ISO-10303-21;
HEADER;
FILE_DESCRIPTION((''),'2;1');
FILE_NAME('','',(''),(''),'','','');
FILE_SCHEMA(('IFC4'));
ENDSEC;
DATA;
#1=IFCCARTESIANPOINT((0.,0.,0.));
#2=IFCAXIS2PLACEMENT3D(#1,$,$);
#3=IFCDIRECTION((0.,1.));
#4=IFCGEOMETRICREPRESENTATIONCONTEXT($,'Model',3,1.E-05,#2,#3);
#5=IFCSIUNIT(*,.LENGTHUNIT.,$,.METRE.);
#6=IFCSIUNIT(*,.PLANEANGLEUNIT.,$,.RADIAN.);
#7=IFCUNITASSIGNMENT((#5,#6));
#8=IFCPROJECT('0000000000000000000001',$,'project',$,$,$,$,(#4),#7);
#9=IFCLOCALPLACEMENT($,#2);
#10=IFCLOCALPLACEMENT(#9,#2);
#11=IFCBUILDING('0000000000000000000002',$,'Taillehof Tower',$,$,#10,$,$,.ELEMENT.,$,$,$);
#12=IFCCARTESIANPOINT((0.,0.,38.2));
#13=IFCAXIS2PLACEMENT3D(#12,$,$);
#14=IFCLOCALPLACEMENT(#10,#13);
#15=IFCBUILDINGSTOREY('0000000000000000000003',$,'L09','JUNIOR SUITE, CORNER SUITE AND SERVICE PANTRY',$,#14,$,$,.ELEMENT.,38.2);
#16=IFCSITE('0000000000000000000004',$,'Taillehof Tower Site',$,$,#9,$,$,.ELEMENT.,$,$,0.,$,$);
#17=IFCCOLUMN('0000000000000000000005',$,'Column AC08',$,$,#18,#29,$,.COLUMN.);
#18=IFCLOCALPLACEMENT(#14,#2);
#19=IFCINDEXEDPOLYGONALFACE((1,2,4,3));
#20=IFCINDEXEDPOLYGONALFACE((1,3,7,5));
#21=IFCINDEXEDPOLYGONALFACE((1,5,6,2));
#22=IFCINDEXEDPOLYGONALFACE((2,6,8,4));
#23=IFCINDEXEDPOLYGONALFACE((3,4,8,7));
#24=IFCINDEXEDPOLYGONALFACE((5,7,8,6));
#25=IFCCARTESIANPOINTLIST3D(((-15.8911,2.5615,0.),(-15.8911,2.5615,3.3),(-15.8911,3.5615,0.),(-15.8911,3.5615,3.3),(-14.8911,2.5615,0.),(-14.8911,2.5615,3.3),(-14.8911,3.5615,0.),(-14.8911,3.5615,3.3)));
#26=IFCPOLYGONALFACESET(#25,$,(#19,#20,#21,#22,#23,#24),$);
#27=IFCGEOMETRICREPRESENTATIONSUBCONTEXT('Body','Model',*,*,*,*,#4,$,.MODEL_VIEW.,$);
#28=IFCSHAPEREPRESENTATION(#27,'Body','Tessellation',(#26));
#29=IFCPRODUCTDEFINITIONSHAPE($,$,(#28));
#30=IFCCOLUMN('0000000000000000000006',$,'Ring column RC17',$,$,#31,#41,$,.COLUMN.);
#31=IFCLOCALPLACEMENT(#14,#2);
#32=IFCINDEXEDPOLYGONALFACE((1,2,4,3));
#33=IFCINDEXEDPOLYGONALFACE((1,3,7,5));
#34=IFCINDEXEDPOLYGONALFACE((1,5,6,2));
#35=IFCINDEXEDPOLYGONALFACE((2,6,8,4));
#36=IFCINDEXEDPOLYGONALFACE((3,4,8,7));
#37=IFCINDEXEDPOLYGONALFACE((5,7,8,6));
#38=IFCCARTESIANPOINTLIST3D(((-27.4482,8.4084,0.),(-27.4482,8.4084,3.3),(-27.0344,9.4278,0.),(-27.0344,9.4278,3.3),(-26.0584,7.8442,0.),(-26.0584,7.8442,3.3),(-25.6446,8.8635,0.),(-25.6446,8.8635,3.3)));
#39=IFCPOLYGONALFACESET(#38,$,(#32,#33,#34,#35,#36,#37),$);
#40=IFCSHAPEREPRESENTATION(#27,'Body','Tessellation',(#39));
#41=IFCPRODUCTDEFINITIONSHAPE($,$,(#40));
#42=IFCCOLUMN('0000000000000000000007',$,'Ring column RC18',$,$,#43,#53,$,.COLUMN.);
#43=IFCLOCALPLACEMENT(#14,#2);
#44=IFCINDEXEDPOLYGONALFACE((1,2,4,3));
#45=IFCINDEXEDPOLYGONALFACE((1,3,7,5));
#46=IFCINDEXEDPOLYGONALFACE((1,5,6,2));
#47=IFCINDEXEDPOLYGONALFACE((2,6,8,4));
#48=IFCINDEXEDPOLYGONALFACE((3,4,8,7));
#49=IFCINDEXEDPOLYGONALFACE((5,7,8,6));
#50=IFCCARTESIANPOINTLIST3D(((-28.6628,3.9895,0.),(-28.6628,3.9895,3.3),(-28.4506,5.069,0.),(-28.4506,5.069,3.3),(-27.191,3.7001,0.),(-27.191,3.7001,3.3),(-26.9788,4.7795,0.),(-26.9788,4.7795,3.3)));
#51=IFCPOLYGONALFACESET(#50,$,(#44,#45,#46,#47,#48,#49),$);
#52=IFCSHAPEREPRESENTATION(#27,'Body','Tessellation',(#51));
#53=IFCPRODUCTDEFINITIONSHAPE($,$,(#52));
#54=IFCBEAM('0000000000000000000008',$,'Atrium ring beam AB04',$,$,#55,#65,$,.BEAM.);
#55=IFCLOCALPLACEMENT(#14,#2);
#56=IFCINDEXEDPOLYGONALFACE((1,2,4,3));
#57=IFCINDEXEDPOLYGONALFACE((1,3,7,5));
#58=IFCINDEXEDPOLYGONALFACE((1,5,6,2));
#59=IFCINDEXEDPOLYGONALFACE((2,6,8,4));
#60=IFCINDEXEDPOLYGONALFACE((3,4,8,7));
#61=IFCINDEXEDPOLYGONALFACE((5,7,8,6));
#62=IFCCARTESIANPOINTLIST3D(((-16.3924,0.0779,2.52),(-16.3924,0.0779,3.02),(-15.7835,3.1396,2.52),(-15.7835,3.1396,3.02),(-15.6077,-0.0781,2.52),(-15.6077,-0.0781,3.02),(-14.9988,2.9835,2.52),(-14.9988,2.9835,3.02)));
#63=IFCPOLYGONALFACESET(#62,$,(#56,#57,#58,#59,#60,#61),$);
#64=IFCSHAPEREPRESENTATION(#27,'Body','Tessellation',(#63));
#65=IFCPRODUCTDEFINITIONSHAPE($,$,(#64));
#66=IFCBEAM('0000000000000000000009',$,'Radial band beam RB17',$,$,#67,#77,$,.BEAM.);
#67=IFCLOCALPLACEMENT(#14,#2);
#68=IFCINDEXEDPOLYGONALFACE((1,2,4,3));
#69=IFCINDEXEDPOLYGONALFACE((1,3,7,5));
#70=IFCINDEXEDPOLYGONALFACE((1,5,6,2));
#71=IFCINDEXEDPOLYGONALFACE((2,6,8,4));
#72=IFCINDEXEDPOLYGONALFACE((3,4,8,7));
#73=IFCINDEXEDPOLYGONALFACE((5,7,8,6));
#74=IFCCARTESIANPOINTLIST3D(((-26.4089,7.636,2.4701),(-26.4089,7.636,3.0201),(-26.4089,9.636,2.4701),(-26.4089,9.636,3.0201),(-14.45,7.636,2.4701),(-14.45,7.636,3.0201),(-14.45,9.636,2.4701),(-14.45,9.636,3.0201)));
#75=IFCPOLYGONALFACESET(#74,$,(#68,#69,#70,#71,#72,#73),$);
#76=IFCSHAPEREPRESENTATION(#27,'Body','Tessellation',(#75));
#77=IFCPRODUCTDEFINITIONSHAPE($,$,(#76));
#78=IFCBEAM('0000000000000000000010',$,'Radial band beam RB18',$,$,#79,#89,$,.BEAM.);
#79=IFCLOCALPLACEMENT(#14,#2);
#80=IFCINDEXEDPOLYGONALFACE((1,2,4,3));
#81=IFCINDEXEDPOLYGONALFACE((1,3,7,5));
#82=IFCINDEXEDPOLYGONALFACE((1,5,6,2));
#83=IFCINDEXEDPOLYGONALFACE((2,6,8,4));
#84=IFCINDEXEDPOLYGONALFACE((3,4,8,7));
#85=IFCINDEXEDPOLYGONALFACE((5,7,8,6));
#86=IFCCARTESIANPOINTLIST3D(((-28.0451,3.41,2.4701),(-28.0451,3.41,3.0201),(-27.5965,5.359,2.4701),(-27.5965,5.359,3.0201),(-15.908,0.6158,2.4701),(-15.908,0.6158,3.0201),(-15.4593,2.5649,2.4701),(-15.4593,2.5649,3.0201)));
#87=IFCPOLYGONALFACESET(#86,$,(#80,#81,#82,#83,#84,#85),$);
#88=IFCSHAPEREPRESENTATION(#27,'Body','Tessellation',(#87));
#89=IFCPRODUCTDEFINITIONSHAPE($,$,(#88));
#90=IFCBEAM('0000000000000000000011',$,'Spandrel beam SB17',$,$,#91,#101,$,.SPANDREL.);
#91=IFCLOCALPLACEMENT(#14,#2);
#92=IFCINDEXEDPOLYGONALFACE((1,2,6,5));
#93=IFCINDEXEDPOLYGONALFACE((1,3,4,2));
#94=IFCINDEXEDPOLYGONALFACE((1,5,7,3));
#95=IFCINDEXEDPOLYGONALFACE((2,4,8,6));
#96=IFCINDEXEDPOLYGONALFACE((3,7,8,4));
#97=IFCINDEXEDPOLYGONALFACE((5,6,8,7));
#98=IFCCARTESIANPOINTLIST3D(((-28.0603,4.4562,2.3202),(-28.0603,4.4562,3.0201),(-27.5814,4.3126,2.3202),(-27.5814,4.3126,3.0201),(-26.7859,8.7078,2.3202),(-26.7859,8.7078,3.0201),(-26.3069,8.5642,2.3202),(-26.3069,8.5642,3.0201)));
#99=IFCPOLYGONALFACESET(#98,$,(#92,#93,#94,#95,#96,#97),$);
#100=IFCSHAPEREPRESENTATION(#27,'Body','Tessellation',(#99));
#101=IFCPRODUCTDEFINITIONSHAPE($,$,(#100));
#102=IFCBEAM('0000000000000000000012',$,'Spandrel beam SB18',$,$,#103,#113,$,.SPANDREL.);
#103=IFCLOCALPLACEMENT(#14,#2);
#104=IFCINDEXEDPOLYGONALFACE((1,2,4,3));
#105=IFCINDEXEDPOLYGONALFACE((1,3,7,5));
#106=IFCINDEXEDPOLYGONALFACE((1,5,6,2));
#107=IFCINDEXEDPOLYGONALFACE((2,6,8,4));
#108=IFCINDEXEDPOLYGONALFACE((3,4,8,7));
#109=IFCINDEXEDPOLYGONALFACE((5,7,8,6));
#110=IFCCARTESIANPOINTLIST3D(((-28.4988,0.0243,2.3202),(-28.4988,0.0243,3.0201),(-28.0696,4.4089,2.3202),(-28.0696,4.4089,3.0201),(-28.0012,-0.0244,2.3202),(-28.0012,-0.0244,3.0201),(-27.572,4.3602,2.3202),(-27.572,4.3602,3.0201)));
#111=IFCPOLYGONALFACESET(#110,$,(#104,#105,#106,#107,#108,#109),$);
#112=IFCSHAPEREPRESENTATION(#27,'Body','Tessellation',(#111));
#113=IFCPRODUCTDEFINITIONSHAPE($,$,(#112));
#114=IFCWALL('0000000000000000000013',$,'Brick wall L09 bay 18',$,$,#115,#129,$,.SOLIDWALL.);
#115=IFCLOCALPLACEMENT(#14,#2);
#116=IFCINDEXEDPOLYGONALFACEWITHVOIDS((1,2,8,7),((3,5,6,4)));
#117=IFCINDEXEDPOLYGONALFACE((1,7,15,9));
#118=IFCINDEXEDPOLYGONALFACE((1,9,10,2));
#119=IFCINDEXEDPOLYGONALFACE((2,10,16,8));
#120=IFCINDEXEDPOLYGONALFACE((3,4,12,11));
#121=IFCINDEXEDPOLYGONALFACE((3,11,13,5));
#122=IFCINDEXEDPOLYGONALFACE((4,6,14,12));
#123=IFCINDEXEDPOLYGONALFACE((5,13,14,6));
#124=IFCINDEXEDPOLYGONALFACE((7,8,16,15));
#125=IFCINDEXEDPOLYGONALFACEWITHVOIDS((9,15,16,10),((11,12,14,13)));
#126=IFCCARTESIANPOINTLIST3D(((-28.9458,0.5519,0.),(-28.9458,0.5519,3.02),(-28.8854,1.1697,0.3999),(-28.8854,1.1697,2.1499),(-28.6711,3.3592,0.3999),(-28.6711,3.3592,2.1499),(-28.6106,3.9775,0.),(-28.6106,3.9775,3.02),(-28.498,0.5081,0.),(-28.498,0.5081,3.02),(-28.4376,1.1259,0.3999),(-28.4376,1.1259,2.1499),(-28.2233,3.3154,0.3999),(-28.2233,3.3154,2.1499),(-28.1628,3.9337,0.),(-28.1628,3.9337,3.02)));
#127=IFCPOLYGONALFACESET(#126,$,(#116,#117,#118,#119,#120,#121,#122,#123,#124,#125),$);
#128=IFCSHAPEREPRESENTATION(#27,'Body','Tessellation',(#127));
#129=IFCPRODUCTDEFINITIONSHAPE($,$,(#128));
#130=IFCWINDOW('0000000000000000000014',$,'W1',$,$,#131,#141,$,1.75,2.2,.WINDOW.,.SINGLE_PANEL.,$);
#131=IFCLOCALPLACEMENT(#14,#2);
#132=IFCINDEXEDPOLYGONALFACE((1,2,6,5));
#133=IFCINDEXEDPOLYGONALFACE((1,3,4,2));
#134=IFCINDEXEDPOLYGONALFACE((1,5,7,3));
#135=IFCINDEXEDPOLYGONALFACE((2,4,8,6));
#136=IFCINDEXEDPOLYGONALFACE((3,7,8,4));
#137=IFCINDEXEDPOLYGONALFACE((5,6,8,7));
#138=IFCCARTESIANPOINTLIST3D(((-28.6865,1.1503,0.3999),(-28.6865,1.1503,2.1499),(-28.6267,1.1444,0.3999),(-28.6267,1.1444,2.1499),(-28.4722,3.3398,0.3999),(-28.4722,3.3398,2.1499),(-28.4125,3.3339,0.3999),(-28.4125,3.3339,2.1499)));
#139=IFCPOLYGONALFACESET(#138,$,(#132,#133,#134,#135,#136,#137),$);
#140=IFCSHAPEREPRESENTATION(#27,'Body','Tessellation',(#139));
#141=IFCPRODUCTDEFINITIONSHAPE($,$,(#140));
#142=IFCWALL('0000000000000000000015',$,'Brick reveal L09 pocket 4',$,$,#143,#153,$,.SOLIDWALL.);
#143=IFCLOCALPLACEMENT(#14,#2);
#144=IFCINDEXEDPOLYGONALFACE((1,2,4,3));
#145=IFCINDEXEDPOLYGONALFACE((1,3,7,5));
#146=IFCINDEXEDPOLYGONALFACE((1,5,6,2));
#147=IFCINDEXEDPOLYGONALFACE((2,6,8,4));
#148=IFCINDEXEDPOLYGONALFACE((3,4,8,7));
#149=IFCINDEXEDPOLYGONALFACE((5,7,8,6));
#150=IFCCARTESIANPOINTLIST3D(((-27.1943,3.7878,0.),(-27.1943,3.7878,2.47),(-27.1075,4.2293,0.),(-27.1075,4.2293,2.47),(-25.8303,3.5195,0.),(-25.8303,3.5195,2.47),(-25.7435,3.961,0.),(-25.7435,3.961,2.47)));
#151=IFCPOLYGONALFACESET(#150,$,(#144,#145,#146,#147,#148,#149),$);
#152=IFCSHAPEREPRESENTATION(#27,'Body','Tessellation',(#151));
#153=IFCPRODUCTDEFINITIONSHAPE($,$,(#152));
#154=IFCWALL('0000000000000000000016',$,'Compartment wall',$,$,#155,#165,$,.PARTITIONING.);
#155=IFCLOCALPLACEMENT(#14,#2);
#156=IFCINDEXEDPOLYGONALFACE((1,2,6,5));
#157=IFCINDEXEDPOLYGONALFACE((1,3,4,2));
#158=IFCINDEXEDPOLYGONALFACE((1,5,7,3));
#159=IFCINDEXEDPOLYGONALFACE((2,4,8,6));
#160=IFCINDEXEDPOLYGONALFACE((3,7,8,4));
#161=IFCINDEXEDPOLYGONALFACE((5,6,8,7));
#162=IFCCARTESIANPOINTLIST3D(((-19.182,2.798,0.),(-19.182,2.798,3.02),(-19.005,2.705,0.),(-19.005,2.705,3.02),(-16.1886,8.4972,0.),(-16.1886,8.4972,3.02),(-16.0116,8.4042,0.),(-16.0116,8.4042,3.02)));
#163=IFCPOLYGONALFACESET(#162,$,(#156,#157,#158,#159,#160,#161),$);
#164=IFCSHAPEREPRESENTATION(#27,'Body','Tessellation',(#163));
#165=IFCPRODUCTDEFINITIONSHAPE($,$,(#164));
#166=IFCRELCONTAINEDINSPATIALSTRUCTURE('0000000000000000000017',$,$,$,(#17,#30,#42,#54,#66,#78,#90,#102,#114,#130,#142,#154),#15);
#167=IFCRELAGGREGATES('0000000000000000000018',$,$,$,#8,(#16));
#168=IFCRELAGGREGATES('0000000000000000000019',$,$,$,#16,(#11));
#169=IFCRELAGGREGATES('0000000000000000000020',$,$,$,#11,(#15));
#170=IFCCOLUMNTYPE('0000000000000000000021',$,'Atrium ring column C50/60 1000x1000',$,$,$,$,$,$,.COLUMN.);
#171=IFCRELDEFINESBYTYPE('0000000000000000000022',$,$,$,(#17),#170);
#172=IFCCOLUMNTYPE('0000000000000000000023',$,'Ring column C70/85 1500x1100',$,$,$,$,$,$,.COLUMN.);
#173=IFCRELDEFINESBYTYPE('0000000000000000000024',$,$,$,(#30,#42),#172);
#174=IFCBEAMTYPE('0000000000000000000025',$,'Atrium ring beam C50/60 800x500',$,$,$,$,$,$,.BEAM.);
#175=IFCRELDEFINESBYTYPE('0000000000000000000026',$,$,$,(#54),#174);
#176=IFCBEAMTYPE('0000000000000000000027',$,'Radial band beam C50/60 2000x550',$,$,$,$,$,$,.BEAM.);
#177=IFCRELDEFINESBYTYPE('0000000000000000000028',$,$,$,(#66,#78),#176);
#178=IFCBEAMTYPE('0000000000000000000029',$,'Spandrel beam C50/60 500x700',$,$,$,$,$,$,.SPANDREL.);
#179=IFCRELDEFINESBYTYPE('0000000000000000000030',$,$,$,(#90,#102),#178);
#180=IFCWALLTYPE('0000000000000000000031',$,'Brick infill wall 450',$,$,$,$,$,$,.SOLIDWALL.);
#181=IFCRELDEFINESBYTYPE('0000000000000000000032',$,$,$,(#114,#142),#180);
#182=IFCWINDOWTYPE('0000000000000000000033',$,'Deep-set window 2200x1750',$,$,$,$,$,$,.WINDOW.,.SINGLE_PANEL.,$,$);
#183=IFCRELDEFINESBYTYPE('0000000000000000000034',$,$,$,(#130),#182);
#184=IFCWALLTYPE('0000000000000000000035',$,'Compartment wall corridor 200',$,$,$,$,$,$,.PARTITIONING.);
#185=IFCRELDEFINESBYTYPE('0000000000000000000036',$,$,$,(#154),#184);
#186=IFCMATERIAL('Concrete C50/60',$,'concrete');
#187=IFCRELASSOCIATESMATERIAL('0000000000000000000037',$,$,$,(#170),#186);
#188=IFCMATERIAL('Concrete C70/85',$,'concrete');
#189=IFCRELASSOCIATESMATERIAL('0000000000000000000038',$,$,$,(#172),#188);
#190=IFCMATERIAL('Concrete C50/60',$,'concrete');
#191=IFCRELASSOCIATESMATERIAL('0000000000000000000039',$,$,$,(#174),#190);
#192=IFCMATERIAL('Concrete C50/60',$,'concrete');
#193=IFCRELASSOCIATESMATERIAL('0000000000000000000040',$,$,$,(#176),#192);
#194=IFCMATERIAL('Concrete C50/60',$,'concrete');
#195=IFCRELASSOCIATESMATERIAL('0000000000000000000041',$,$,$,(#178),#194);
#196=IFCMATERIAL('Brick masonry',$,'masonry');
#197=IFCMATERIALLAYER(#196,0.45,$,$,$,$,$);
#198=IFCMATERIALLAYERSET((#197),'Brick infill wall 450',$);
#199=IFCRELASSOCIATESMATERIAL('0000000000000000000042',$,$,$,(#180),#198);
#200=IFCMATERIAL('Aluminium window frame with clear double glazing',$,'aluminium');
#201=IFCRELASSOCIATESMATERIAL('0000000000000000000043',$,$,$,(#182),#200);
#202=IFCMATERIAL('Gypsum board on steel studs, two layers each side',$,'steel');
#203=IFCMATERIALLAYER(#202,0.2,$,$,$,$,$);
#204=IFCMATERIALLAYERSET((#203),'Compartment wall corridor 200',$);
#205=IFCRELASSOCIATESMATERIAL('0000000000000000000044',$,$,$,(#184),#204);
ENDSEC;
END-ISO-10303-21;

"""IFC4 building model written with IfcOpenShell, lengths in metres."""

from ifc_helpers import new_model, si_unit, direction, frame, frame_2d, origin, origin_2d, place, context, subcontext, project, spatial, rectangle, extrude, material, layer, layer_set, material_profile, profile_set, type_object, element, fill, save


model = new_model("IFC4")

# Units and contexts
model_context = context("Model", 3, precision=1e-05, world=origin(), true_north=direction((0.0, 1.0)))
body_context = subcontext(model_context, "Body", "Model", "MODEL_VIEW")
ifc_project = project(units=[si_unit("LENGTHUNIT", "METRE"), si_unit("PLANEANGLEUNIT", "RADIAN")], contexts=[model_context])

# Site, building, storey
site_placement = place(None, origin())
site = spatial("IfcSite", under=ifc_project, at=site_placement, Name="Taillehof Tower Site", CompositionType="ELEMENT", RefElevation=0.0)
building_placement = place(site_placement, origin())
building = spatial("IfcBuilding", under=site, at=building_placement, Name="Taillehof Tower", CompositionType="ELEMENT")
storey_placement = place(building_placement, frame((0.0, 0.0, 38.2)))
storey = spatial("IfcBuildingStorey", under=building, at=storey_placement, Name="L09", Description="JUNIOR SUITE, CORNER SUITE AND SERVICE PANTRY", CompositionType="ELEMENT", Elevation=38.2)

# Columns
ifc_material_1 = material(Name="Concrete C50/60", Category="concrete")
ifc_material_profile_1 = material_profile(ifc_material_1, rectangle(XDim=1.0, YDim=1.0, at=origin_2d()), Name="RC 1000x1000")
ifc_profile_set_1 = profile_set([ifc_material_profile_1], Name="Concrete C50/60")
column_type_1 = type_object("IfcColumnType", Name="Atrium ring column C50/60 1000x1000", PredefinedType="COLUMN", material=ifc_profile_set_1)
column_placement = place(storey_placement, frame((-15.3911, 3.0615, 0.0), z_axis=(0.0, 0.0, 1.0), x_axis=(1.0, 0.0, 0.0)))
element("IfcColumn", 1, at=column_placement, inside=storey, type_object=column_type_1, Name="Column AC08", PredefinedType="COLUMN", context=body_context, shape_type="SweptSolid", body=[
    extrude(rectangle(XDim=1.0, YDim=1.0, at=origin_2d()), origin(), (0.0, 0.0, 1.0), 3.3),
])
ifc_material_2 = material(Name="Concrete C70/85", Category="concrete")
ifc_material_profile_2 = material_profile(ifc_material_2, rectangle(XDim=1.5, YDim=1.1001, at=origin_2d()), Name="RC 1500x1100")
ifc_profile_set_2 = profile_set([ifc_material_profile_2], Name="Concrete C70/85")
column_type_2 = type_object("IfcColumnType", Name="Ring column C70/85 1500x1100", PredefinedType="COLUMN", material=ifc_profile_set_2)
for number, where, z_axis, x_axis, name in (
    (2, (-26.5464, 8.636, 0.0), (0.0, 0.0, 1.0), (-0.926558, 0.376152, 0.0), "Ring column RC17"),
    (3, (-27.8208, 4.3845, 0.0), (0.0, 0.0, 1.0), (-0.981204, 0.192976, 0.0), "Ring column RC18"),
):
    element("IfcColumn", number, at=place(storey_placement, frame(where, z_axis=z_axis, x_axis=x_axis)), inside=storey, type_object=column_type_2, Name=name, PredefinedType="COLUMN", context=body_context, shape_type="SweptSolid", body=[
        extrude(rectangle(XDim=1.5, YDim=1.1001, at=origin_2d()), origin(), (0.0, 0.0, 1.0), 3.3),
    ])

# Beams
ifc_material_3 = material(Name="Concrete C50/60", Category="concrete")
ifc_material_profile_3 = material_profile(ifc_material_3, rectangle(XDim=0.8, YDim=0.5, at=origin_2d()), Name="RC 800x500")
ifc_profile_set_3 = profile_set([ifc_material_profile_3], Name="Concrete C50/60")
beam_type_1 = type_object("IfcBeamType", Name="Atrium ring beam C50/60 800x500", PredefinedType="BEAM", material=ifc_profile_set_3)
beam_1_placement = place(storey_placement, frame((-15.3911, 3.0615, 2.77), z_axis=(-0.195063, -0.980791, 0.0), x_axis=(0.980791, -0.195063, 0.0)))
element("IfcBeam", 4, at=beam_1_placement, inside=storey, type_object=beam_type_1, Name="Atrium ring beam AB04", PredefinedType="BEAM", context=body_context, shape_type="SweptSolid", body=[
    extrude(rectangle(XDim=0.8, YDim=0.5, at=origin_2d()), origin(), (0.0, 0.0, 1.0), 3.1216),
])
ifc_material_4 = material(Name="Concrete C50/60", Category="concrete")
ifc_material_profile_4 = material_profile(ifc_material_4, rectangle(XDim=2.0, YDim=0.55, at=origin_2d()), Name="RC 2000x550")
ifc_profile_set_4 = profile_set([ifc_material_profile_4], Name="Concrete C50/60")
beam_type_2 = type_object("IfcBeamType", Name="Radial band beam C50/60 2000x550", PredefinedType="BEAM", material=ifc_profile_set_4)
beam_2_placement = place(storey_placement, frame((-26.4089, 8.636, 2.7451), z_axis=(1.0, 0.0, 0.0), x_axis=(0.0, 1.0, 0.0)))
element("IfcBeam", 5, at=beam_2_placement, inside=storey, type_object=beam_type_2, Name="Radial band beam RB17", PredefinedType="BEAM", context=body_context, shape_type="SweptSolid", body=[
    extrude(rectangle(XDim=2.0, YDim=0.55, at=origin_2d()), origin(), (0.0, 0.0, 1.0), 11.959),
])
beam_3_placement = place(storey_placement, frame((-27.8208, 4.3845, 2.7451), z_axis=(0.974509, -0.224348, 0.0), x_axis=(0.224348, 0.974509, 0.0)))
element("IfcBeam", 6, at=beam_3_placement, inside=storey, type_object=beam_type_2, Name="Radial band beam RB18", PredefinedType="BEAM", context=body_context, shape_type="SweptSolid", body=[
    extrude(rectangle(XDim=2.0, YDim=0.55, at=origin_2d()), origin(), (0.0, 0.0, 1.0), 12.4546),
])
ifc_material_5 = material(Name="Concrete C50/60", Category="concrete")
ifc_material_profile_5 = material_profile(ifc_material_5, rectangle(XDim=0.5, YDim=0.7, at=origin_2d()), Name="RC 500x700")
ifc_profile_set_5 = profile_set([ifc_material_profile_5], Name="Concrete C50/60")
beam_type_3 = type_object("IfcBeamType", Name="Spandrel beam C50/60 500x700", PredefinedType="SPANDREL", material=ifc_profile_set_5)
beam_4_placement = place(storey_placement, frame((-26.5464, 8.636, 2.6702), z_axis=(-0.287136, -0.95789, 0.0), x_axis=(0.95789, -0.287136, 0.0)))
element("IfcBeam", 7, at=beam_4_placement, inside=storey, type_object=beam_type_3, Name="Spandrel beam SB17", PredefinedType="SPANDREL", context=body_context, shape_type="SweptSolid", body=[
    extrude(rectangle(XDim=0.5, YDim=0.7, at=origin_2d()), origin(), (0.0, 0.0, 1.0), 4.4385),
])
beam_5_placement = place(storey_placement, frame((-27.8208, 4.3845, 2.6702), z_axis=(-0.097424, -0.995243, 0.0), x_axis=(0.995243, -0.097424, 0.0)))
element("IfcBeam", 8, at=beam_5_placement, inside=storey, type_object=beam_type_3, Name="Spandrel beam SB18", PredefinedType="SPANDREL", context=body_context, shape_type="SweptSolid", body=[
    extrude(rectangle(XDim=0.5, YDim=0.7, at=origin_2d()), origin(), (0.0, 0.0, 1.0), 4.4055),
])

# Wall, opening, window
ifc_material_6 = material(Name="Brick masonry", Category="masonry")
ifc_layer_1 = layer(ifc_material_6, 0.45)
ifc_layer_set_1 = layer_set([ifc_layer_1], Name="Brick infill wall 450")
wall_type_1 = type_object("IfcWallType", Name="Brick infill wall 450", PredefinedType="SOLIDWALL", material=ifc_layer_set_1)
wall_1_placement = place(storey_placement, frame((-28.3867, 3.9556, 0.0), z_axis=(0.0, 0.0, 1.0), x_axis=(-0.09739, -0.995246, 0.0)))
wall_1 = element("IfcWall", 9, at=wall_1_placement, inside=storey, type_object=wall_type_1, Name="Brick wall L09 bay 18", PredefinedType="SOLIDWALL", context=body_context, shape_type="SweptSolid", body=[
    extrude(rectangle(XDim=3.4419, YDim=0.45, at=frame_2d((1.7209, 0.0))), origin(), (0.0, 0.0, 1.0), 3.02),
])
opening_1_placement = place(wall_1_placement, frame((0.6211, 0.0, 0.3999)))
opening_1 = element("IfcOpeningElement", 10, at=opening_1_placement, cuts=wall_1, PredefinedType="OPENING", context=body_context, shape_type="SweptSolid", body=[
    extrude(rectangle(XDim=2.2, YDim=1.75, at=frame_2d((1.1001, 0.875))), frame((0.0, 0.2349, 0.0), z_axis=(0.0, -1.0, 0.0), x_axis=(1.0, 0.0, 0.0)), (0.0, 0.0, 1.0), 0.47),
])
ifc_material_7 = material(Name="Aluminium window frame with clear double glazing", Category="aluminium")
window_type_1 = type_object("IfcWindowType", Name="Deep-set window 2200x1750", PartitioningType="SINGLE_PANEL", PredefinedType="WINDOW", material=ifc_material_7)
window_1_placement = place(opening_1_placement, origin())
window_1 = element("IfcWindow", 11, at=window_1_placement, inside=storey, type_object=window_type_1, Name="W1", OverallHeight=1.75, OverallWidth=2.2, PartitioningType="SINGLE_PANEL", PredefinedType="WINDOW", context=body_context, shape_type="SweptSolid", body=[
    extrude(rectangle(XDim=2.2, YDim=1.75, at=frame_2d((1.1001, 0.875))), frame((0.0, 0.0349, 0.0), z_axis=(0.0, -1.0, 0.0), x_axis=(1.0, 0.0, 0.0)), (0.0, 0.0, 1.0), 0.0601),
])
fill(opening_1, window_1)

# Wall
wall_2_placement = place(storey_placement, frame((-27.1509, 4.0085, 0.0), z_axis=(0.0, 0.0, 1.0), x_axis=(0.981197, -0.193008, 0.0)))
element("IfcWall", 12, at=wall_2_placement, inside=storey, type_object=wall_type_1, Name="Brick reveal L09 pocket 4", PredefinedType="SOLIDWALL", context=body_context, shape_type="SweptSolid", body=[
    extrude(rectangle(XDim=1.3901, YDim=0.45, at=frame_2d((0.6951, 0.0))), origin(), (0.0, 0.0, 1.0), 2.47),
])

# Wall
ifc_material_8 = material(Name="Gypsum board on steel studs, two layers each side", Category="steel")
ifc_layer_2 = layer(ifc_material_8, 0.2)
ifc_layer_set_2 = layer_set([ifc_layer_2], Name="Compartment wall corridor 200")
wall_type_2 = type_object("IfcWallType", Name="Compartment wall corridor 200", PredefinedType="PARTITIONING", material=ifc_layer_set_2)
wall_3_placement = place(storey_placement, frame((-19.0935, 2.7515, 0.0), z_axis=(0.0, 0.0, 1.0), x_axis=(0.464994, 0.885314, 0.0)))
element("IfcWall", 13, at=wall_3_placement, inside=storey, type_object=wall_type_2, Name="Compartment wall", PredefinedType="PARTITIONING", context=body_context, shape_type="SweptSolid", body=[
    extrude(rectangle(XDim=6.4375, YDim=0.2, at=frame_2d((3.2188, 0.0))), origin(), (0.0, 0.0, 1.0), 3.02),
])

save(model, "model.ifc")
